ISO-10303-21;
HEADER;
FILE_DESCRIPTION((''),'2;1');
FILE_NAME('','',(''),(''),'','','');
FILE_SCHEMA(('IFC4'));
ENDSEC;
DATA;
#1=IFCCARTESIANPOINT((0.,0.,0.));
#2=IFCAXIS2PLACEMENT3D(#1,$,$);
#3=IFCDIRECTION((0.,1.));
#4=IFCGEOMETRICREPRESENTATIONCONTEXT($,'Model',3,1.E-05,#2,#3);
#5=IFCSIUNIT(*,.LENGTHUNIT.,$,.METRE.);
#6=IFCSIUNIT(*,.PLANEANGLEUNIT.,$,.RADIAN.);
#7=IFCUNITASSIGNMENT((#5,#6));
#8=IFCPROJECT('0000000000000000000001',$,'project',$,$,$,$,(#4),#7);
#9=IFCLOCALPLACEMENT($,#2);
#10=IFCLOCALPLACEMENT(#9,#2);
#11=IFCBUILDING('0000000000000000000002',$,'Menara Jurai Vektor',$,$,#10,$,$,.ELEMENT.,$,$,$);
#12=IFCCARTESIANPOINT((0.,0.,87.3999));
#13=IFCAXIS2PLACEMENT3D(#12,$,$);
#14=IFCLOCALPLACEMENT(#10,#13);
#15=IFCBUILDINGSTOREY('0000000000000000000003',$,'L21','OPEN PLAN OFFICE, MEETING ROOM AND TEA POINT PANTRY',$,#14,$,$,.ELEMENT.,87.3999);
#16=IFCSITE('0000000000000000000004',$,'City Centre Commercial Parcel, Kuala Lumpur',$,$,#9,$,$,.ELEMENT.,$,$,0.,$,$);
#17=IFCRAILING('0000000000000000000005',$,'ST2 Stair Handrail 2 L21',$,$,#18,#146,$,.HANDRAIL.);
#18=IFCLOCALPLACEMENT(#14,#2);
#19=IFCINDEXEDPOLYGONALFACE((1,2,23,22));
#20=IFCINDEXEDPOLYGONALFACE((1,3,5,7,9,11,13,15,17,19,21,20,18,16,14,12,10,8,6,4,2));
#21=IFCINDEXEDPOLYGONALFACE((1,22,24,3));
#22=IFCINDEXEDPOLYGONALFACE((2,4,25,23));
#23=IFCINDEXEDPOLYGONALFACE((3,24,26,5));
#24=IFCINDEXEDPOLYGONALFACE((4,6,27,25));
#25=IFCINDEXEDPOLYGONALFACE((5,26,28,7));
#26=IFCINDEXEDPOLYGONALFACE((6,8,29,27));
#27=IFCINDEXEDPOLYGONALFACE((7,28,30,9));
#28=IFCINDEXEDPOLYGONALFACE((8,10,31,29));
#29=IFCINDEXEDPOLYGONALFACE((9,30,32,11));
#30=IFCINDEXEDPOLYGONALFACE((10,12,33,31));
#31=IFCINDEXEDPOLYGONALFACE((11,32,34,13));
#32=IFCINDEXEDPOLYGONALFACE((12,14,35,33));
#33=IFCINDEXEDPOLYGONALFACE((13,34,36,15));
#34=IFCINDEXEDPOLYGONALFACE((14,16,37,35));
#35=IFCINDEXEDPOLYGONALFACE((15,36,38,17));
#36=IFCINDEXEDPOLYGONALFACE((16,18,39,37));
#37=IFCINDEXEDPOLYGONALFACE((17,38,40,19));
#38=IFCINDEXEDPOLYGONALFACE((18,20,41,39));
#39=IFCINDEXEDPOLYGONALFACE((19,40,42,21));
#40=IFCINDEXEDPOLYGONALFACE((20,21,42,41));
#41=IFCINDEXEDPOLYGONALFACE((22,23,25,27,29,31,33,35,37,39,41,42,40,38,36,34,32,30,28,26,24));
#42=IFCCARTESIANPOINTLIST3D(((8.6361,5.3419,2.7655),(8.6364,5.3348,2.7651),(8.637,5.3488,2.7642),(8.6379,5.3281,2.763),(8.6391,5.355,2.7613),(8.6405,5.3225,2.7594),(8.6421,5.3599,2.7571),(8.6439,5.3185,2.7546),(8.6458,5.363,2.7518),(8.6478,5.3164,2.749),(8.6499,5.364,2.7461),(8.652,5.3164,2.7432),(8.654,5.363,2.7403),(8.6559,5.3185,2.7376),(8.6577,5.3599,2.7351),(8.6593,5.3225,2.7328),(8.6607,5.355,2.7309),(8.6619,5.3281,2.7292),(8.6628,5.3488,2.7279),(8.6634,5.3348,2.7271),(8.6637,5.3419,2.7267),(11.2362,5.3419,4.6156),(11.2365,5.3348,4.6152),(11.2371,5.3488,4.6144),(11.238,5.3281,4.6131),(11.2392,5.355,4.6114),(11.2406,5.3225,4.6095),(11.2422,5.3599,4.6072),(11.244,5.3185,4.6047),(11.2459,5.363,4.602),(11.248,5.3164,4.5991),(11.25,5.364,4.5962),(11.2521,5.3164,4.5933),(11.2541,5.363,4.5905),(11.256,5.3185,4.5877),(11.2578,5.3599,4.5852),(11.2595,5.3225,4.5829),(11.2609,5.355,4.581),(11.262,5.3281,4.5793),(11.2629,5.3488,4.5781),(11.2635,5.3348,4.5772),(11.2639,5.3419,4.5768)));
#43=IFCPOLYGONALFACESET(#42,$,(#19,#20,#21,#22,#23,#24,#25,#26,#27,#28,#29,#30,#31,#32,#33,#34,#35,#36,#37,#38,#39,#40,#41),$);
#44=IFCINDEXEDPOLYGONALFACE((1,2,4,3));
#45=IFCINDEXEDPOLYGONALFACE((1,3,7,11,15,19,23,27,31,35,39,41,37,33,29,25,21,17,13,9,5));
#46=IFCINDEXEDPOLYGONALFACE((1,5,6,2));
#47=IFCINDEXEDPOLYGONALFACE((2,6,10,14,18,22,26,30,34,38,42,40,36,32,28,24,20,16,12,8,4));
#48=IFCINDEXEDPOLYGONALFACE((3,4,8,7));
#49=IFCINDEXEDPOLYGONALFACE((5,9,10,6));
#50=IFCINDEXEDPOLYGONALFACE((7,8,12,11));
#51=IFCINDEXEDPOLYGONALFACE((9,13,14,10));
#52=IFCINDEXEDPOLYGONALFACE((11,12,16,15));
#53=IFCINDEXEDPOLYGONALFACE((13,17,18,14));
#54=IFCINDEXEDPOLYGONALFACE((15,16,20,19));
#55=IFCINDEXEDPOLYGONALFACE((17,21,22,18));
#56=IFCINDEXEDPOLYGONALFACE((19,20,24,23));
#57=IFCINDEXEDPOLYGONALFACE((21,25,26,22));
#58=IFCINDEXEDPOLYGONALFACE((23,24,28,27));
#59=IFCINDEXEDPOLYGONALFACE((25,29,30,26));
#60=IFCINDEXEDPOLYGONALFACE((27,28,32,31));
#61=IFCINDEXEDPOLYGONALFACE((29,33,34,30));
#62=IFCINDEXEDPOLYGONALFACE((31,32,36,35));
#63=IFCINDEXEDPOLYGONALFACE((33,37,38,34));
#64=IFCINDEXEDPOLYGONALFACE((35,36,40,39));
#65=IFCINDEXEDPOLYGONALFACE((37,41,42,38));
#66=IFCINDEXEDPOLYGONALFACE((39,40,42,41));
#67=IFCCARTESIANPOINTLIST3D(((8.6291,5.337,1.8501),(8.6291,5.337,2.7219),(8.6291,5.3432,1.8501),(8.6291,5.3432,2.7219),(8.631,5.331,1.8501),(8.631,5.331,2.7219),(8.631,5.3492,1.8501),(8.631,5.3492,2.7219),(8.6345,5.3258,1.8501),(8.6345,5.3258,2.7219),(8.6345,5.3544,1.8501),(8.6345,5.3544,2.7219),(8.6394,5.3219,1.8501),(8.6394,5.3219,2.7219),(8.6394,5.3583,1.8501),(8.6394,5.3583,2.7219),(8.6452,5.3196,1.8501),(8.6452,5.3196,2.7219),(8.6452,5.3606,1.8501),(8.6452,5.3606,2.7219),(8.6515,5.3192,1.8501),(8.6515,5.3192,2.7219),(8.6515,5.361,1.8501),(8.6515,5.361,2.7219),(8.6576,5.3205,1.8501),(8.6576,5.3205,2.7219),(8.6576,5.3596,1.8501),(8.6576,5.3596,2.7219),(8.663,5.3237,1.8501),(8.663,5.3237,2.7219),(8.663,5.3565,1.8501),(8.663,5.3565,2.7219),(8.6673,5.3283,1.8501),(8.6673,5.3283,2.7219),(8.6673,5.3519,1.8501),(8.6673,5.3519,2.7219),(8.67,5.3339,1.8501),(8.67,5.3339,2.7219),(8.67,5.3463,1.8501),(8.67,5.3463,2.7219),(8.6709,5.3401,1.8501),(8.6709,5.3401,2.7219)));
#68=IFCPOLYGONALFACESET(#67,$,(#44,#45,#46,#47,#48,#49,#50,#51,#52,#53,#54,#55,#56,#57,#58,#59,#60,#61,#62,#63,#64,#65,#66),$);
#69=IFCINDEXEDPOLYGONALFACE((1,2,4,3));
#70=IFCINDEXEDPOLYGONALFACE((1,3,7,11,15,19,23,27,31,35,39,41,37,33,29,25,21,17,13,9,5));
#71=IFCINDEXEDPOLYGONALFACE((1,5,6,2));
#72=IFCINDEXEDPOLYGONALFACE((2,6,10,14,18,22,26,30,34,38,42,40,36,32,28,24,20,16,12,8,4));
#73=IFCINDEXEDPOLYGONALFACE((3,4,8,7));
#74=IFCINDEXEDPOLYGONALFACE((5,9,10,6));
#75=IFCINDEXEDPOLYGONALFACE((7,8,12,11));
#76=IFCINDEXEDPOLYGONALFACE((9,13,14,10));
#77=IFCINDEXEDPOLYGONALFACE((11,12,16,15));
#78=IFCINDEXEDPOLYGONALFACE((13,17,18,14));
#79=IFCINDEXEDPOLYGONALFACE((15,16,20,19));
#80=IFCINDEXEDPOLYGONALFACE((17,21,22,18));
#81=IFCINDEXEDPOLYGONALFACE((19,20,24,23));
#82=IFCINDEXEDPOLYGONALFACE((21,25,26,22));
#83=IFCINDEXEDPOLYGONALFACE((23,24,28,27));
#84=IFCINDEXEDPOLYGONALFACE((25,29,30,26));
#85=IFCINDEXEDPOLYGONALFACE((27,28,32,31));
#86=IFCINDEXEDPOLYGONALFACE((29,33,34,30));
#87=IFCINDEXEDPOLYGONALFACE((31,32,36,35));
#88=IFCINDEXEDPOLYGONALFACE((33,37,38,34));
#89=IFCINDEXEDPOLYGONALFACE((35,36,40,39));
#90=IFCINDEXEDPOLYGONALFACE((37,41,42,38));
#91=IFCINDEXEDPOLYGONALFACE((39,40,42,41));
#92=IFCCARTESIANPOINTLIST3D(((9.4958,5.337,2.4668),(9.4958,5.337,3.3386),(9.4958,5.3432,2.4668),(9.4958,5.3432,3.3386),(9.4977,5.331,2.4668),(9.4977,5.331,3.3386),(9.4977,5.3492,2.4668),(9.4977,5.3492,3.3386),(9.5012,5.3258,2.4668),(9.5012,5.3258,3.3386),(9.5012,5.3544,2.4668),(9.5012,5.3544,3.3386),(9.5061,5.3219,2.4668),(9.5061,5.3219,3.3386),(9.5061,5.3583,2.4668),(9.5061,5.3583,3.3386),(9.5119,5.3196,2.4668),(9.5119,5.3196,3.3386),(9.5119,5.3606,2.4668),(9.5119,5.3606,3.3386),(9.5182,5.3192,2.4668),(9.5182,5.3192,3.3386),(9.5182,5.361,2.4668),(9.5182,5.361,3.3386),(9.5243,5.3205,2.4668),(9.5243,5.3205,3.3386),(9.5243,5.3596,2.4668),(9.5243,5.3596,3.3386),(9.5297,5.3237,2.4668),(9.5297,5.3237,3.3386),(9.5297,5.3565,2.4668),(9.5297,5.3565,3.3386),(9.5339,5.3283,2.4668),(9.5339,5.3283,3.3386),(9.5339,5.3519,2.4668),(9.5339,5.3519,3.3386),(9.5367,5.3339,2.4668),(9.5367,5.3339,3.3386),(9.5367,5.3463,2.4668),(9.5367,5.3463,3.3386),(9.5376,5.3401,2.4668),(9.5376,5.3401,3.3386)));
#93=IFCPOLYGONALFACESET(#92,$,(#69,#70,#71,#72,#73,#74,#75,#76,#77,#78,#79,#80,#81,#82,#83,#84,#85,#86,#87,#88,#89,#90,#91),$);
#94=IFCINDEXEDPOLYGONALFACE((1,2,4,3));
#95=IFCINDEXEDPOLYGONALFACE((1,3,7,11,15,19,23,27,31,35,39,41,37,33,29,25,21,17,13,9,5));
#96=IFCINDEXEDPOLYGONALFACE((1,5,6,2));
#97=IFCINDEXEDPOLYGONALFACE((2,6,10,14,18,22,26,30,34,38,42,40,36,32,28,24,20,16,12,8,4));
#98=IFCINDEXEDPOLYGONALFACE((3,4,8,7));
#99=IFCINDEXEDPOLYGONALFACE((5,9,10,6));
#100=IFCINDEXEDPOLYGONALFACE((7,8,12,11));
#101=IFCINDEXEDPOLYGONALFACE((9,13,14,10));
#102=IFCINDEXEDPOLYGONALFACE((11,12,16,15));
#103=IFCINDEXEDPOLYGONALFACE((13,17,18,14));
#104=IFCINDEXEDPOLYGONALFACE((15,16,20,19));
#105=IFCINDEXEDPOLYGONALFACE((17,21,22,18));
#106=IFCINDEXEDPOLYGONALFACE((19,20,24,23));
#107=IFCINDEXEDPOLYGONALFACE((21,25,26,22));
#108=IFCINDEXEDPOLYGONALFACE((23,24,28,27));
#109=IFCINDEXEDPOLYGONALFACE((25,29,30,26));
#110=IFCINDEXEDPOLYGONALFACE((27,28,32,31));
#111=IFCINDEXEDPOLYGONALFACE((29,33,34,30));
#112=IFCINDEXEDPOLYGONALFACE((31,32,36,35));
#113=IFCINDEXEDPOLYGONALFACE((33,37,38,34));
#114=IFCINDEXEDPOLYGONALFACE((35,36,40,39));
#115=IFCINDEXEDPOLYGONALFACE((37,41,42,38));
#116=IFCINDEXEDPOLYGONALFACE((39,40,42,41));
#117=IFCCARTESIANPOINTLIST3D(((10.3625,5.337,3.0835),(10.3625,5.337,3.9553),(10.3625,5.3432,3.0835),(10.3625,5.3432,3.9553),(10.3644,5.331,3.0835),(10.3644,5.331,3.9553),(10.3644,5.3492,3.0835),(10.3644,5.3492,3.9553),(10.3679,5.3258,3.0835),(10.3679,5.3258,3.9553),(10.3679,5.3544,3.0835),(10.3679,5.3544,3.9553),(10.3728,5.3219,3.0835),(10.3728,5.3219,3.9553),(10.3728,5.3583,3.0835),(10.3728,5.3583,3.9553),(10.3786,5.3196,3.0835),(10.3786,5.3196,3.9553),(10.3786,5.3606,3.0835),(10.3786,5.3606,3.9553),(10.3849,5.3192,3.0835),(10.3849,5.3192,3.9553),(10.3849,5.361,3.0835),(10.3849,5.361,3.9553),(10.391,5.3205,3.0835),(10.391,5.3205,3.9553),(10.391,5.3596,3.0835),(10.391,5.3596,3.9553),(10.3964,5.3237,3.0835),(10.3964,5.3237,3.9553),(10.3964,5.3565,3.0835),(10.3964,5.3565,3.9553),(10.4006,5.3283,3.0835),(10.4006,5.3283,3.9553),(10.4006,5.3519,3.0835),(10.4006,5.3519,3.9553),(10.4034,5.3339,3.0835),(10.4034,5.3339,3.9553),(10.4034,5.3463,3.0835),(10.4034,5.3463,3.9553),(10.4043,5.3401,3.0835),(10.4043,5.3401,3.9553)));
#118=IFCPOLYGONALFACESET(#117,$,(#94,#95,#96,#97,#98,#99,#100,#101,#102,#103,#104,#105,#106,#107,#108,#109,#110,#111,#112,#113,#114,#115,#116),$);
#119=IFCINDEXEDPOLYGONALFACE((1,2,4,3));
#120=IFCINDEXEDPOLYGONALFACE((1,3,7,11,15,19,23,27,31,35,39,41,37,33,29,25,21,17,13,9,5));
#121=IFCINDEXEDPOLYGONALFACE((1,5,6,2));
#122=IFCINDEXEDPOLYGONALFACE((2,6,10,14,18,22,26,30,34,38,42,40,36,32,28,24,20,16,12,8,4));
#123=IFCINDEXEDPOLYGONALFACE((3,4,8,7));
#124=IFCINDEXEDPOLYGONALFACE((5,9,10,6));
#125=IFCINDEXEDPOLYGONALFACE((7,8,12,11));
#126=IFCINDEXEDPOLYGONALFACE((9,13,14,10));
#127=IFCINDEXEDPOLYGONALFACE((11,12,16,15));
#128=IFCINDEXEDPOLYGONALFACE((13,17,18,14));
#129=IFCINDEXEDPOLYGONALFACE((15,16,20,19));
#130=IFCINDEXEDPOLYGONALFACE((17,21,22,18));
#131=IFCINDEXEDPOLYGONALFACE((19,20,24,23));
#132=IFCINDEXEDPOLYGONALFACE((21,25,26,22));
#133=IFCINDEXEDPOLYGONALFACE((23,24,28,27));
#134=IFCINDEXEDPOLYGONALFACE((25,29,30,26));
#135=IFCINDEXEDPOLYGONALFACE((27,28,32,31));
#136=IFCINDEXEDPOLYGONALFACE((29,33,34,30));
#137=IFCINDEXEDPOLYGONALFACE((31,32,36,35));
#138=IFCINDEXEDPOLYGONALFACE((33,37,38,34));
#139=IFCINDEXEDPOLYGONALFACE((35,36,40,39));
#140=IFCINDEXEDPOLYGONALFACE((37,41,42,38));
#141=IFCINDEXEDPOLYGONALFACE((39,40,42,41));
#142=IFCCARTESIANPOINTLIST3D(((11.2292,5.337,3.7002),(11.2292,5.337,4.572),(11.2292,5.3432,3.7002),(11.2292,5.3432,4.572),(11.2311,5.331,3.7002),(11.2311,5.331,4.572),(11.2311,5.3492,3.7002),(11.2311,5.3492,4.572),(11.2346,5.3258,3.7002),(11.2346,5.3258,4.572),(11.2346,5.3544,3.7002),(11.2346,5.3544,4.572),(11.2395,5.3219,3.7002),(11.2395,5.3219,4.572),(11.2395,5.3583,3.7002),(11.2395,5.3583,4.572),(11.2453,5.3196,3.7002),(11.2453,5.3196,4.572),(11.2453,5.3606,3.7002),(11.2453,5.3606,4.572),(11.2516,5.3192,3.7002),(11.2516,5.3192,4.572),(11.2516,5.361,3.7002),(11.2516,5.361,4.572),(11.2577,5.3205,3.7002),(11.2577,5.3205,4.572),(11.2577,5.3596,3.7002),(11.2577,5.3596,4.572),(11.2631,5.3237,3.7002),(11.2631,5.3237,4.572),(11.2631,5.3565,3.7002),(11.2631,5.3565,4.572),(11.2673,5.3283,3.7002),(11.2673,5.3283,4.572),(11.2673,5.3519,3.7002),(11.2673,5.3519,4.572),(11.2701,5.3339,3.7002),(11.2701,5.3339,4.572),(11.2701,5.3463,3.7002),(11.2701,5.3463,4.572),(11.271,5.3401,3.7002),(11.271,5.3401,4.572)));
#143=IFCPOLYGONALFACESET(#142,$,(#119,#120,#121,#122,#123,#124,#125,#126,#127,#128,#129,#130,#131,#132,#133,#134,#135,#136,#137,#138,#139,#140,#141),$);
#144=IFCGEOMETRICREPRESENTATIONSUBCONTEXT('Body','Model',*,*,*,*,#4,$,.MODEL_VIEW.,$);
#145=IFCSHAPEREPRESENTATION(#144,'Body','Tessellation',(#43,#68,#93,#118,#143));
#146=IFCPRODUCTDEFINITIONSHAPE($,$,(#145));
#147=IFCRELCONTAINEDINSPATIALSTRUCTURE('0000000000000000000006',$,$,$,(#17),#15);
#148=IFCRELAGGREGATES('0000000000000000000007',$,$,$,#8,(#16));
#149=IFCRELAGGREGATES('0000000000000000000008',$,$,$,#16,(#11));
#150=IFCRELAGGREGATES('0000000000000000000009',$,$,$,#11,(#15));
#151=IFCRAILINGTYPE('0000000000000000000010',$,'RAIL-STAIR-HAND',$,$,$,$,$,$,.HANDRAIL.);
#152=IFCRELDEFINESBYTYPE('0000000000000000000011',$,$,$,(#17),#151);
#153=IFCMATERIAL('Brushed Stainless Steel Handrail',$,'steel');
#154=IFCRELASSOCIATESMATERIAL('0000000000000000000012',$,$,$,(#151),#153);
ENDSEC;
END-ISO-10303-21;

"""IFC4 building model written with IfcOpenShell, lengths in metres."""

from ifc_helpers import new_model, si_unit, direction, frame, origin, origin_2d, place, context, subcontext, project, spatial, circle, extrude, material, type_object, element, save


model = new_model("IFC4")

# Units and contexts
model_context = context("Model", 3, precision=1e-05, world=origin(), true_north=direction((0.0, 1.0)))
body_context = subcontext(model_context, "Body", "Model", "MODEL_VIEW")
ifc_project = project(units=[si_unit("LENGTHUNIT", "METRE"), si_unit("PLANEANGLEUNIT", "RADIAN")], contexts=[model_context])

# Site, building, storey
site_placement = place(None, origin())
site = spatial("IfcSite", under=ifc_project, at=site_placement, Name="City Centre Commercial Parcel, Kuala Lumpur", CompositionType="ELEMENT", RefElevation=0.0)
building_placement = place(site_placement, origin())
building = spatial("IfcBuilding", under=site, at=building_placement, Name="Menara Jurai Vektor", CompositionType="ELEMENT")
storey_placement = place(building_placement, frame((0.0, 0.0, 87.3999)))
storey = spatial("IfcBuildingStorey", under=building, at=storey_placement, Name="L21", Description="OPEN PLAN OFFICE, MEETING ROOM AND TEA POINT PANTRY", CompositionType="ELEMENT", Elevation=87.3999)

# Railing
ifc_material_1 = material(Name="Brushed Stainless Steel Handrail", Category="steel")
railing_type_1 = type_object("IfcRailingType", Name="RAIL-STAIR-HAND", PredefinedType="HANDRAIL", material=ifc_material_1)
railing_1_placement = place(storey_placement, frame((8.6499, 5.3401, 1.8501)))
element("IfcRailing", 1, at=railing_1_placement, inside=storey, type_object=railing_type_1, Name="ST2 Stair Handrail 2 L21", PredefinedType="HANDRAIL", context=body_context, shape_type="SweptSolid", body=[
    extrude(circle(Radius=0.0239, at=origin_2d()), frame((0.0, 0.0, 0.896), z_axis=(0.814787, 0.0, 0.579761), x_axis=(0.0, 1.0, 0.0)), (0.0, 0.0, 1.0), 3.1912),
    extrude(circle(Radius=0.021, at=origin_2d()), origin(), (0.0, 0.0, 1.0), 0.8718),
    extrude(circle(Radius=0.021, at=origin_2d()), frame((0.8667, 0.0, 0.6167)), (0.0, 0.0, 1.0), 0.8718),
    extrude(circle(Radius=0.021, at=origin_2d()), frame((1.7334, 0.0, 1.2334)), (0.0, 0.0, 1.0), 0.8718),
    extrude(circle(Radius=0.021, at=origin_2d()), frame((2.6001, 0.0, 1.8501)), (0.0, 0.0, 1.0), 0.8718),
])

save(model, "model.ifc")
